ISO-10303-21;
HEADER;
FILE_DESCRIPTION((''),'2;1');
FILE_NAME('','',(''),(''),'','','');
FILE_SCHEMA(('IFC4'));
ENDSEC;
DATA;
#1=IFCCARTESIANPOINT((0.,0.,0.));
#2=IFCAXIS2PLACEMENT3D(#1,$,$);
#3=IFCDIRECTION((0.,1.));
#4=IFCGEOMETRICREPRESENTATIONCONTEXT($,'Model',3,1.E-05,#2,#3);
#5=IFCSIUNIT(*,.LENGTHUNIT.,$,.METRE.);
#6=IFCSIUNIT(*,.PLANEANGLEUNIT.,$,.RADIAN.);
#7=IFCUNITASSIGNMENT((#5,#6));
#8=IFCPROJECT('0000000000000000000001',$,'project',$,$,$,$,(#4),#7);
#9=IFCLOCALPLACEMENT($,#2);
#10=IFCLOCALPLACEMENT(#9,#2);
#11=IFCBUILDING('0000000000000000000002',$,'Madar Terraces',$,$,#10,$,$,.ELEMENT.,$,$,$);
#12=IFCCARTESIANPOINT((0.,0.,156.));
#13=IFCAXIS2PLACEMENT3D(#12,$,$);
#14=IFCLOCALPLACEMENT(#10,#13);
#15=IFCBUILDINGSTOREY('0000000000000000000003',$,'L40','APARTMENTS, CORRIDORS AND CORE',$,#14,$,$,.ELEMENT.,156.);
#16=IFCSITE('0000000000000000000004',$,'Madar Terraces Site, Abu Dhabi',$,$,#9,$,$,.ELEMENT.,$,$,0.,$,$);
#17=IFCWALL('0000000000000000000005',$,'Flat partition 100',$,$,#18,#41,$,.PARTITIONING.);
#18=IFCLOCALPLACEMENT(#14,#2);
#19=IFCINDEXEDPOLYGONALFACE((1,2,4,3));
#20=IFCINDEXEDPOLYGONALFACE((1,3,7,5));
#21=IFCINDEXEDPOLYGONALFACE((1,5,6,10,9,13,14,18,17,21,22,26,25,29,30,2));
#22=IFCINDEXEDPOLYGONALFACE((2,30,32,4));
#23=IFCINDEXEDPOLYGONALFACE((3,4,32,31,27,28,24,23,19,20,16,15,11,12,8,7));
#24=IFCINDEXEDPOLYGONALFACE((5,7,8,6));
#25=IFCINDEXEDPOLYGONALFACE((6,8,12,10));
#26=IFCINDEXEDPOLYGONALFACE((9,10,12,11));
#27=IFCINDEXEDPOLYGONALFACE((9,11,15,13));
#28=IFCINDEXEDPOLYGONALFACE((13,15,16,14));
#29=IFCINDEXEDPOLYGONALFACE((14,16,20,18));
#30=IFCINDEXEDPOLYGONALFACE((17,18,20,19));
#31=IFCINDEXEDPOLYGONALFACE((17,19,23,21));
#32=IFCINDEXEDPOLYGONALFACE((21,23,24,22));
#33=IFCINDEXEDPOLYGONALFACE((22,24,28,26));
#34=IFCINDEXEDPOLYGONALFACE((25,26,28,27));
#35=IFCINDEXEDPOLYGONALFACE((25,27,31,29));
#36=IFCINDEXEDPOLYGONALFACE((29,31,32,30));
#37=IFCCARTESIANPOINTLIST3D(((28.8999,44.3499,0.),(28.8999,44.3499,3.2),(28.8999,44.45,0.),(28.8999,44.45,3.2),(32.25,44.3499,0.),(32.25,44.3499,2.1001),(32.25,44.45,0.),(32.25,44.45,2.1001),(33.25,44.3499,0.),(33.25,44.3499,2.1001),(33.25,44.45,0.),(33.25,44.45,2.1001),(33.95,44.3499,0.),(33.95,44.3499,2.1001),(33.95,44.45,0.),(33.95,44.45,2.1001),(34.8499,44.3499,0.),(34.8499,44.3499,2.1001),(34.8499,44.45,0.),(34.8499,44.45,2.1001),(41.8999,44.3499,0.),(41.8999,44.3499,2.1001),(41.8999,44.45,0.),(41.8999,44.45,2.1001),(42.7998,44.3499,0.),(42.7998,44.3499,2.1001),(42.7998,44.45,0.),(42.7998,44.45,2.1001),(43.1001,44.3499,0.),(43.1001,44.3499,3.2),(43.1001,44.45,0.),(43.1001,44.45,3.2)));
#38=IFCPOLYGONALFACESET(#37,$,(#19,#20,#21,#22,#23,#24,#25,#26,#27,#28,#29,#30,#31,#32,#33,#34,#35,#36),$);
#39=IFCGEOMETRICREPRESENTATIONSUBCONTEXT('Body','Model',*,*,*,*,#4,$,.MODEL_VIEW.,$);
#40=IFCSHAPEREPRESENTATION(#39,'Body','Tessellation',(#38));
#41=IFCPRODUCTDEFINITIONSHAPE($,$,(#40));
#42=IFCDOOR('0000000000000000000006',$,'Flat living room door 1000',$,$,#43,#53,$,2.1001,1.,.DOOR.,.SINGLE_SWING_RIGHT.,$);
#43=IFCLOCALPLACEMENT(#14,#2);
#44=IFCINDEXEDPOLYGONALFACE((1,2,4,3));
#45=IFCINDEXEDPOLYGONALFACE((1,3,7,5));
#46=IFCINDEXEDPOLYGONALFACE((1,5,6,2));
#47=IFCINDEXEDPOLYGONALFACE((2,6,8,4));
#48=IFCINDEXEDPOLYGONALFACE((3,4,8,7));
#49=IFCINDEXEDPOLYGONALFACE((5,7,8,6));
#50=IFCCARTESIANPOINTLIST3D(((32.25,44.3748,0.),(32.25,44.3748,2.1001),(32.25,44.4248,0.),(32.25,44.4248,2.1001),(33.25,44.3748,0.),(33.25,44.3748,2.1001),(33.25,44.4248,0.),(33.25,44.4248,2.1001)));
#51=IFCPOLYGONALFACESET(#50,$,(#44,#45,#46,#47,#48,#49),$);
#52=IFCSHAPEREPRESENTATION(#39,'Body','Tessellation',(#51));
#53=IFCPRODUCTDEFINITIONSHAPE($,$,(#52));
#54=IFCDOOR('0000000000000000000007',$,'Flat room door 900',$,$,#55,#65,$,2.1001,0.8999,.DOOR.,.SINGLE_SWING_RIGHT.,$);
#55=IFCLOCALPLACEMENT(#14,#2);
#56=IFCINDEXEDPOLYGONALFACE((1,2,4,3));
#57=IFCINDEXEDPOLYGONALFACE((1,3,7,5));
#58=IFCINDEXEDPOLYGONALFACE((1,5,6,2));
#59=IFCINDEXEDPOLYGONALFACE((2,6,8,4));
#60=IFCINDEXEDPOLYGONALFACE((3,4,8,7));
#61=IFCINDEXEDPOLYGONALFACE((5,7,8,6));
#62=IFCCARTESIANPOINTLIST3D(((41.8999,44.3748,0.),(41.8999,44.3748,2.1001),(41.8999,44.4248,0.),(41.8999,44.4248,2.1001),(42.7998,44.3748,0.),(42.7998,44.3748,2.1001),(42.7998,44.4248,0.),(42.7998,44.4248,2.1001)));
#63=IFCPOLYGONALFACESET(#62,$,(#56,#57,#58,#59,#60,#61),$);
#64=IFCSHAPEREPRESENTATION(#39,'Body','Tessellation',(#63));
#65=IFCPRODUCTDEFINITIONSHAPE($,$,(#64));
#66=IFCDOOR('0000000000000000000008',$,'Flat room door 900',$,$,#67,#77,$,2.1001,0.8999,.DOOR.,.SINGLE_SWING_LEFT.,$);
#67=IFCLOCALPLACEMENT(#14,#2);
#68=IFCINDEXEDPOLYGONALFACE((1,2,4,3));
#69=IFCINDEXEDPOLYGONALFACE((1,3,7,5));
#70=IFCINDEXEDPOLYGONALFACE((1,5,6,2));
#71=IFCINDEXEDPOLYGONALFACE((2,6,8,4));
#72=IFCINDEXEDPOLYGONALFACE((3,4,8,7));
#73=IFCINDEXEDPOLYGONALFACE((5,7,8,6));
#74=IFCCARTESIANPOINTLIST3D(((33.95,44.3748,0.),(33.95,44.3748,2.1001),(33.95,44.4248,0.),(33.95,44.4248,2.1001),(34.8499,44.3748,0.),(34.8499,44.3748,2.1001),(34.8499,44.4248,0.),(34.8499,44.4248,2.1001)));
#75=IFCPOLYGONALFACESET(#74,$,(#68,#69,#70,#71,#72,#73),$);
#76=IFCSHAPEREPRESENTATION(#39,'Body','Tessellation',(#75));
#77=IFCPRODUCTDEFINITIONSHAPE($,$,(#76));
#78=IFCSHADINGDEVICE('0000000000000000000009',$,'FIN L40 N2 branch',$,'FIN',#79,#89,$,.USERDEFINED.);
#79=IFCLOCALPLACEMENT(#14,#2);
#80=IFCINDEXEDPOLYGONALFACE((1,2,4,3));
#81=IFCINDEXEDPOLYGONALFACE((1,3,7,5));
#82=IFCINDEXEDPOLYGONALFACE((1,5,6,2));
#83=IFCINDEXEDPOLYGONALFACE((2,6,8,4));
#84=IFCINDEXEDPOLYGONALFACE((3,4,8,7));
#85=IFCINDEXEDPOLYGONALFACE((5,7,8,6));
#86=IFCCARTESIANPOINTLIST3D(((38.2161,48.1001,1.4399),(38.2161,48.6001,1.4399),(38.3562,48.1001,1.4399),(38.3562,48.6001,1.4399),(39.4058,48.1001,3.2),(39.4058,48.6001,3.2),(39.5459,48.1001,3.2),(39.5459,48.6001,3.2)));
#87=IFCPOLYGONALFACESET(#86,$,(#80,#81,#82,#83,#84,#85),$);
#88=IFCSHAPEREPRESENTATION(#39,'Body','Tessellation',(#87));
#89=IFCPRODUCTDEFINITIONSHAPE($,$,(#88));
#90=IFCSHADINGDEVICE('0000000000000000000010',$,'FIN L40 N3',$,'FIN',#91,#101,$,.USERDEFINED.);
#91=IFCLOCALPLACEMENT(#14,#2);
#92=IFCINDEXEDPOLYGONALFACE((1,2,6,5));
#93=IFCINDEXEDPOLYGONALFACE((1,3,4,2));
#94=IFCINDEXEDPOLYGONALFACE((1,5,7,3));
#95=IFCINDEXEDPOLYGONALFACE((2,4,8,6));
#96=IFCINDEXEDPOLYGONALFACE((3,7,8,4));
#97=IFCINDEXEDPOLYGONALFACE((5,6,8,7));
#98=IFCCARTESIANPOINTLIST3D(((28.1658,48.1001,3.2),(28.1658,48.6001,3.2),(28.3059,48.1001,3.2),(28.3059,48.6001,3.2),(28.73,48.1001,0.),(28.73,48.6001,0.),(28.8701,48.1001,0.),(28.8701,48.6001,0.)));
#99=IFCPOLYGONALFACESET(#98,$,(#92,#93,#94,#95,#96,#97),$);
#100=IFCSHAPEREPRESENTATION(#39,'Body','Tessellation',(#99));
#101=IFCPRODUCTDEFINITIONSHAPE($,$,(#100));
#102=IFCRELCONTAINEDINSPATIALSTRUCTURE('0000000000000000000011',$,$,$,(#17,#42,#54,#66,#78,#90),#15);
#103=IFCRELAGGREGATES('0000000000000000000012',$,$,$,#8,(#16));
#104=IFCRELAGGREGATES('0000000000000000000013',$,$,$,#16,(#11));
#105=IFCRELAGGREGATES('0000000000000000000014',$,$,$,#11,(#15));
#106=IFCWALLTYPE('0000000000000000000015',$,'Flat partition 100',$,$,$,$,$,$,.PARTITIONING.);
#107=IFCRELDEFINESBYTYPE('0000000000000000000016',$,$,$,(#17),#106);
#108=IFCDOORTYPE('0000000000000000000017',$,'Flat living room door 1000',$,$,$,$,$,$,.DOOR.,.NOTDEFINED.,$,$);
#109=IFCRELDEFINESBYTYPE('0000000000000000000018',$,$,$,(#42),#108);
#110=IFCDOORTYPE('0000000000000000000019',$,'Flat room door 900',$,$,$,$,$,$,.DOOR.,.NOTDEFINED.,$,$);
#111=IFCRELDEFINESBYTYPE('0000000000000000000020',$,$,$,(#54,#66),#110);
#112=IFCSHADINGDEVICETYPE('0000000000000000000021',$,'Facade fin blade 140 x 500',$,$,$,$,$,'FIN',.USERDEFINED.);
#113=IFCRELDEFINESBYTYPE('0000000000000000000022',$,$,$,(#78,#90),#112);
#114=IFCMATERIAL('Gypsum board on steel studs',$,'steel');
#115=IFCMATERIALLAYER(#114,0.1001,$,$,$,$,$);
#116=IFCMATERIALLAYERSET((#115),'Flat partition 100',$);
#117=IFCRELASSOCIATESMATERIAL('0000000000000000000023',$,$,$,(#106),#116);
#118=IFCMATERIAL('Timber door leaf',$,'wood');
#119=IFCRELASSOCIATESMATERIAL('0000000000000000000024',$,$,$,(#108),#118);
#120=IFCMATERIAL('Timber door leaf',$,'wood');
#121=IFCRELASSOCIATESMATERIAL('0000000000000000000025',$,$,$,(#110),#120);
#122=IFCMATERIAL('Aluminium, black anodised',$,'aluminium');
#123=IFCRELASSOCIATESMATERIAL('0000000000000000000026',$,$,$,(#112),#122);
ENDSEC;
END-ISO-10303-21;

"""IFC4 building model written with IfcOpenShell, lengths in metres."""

from ifc_helpers import new_model, si_unit, direction, frame, frame_2d, origin, place, context, subcontext, project, spatial, polyline, rectangle, outline, extrude, material, layer, layer_set, type_object, element, fill, save


model = new_model("IFC4")

# Units and contexts
model_context = context("Model", 3, precision=1e-05, world=origin(), true_north=direction((0.0, 1.0)))
body_context = subcontext(model_context, "Body", "Model", "MODEL_VIEW")
ifc_project = project(units=[si_unit("LENGTHUNIT", "METRE"), si_unit("PLANEANGLEUNIT", "RADIAN")], contexts=[model_context])

# Site, building, storey
site_placement = place(None, origin())
site = spatial("IfcSite", under=ifc_project, at=site_placement, Name="Madar Terraces Site, Abu Dhabi", CompositionType="ELEMENT", RefElevation=0.0)
building_placement = place(site_placement, origin())
building = spatial("IfcBuilding", under=site, at=building_placement, Name="Madar Terraces", CompositionType="ELEMENT")
storey_placement = place(building_placement, frame((0.0, 0.0, 156.0)))
storey = spatial("IfcBuildingStorey", under=building, at=storey_placement, Name="L40", Description="APARTMENTS, CORRIDORS AND CORE", CompositionType="ELEMENT", Elevation=156.0)

# Shared definitions
ifc_material_1 = material(Name="Gypsum board on steel studs", Category="steel")
ifc_layer_1 = layer(ifc_material_1, 0.1001)
ifc_layer_set_1 = layer_set([ifc_layer_1], Name="Flat partition 100")
wall_type_1 = type_object("IfcWallType", Name="Flat partition 100", PredefinedType="PARTITIONING", material=ifc_layer_set_1)

# Wall, openings, doors
wall_1_placement = place(storey_placement, frame((28.8999, 44.3999, 0.0), z_axis=(0.0, 0.0, 1.0), x_axis=(1.0, 0.0, 0.0)))
wall_1 = element("IfcWall", 1, at=wall_1_placement, inside=storey, type_object=wall_type_1, Name="Flat partition 100", PredefinedType="PARTITIONING", context=body_context, shape_type="SweptSolid", body=[
    extrude(rectangle(XDim=14.2002, YDim=0.1001, at=frame_2d((7.1001, 0.0))), origin(), (0.0, 0.0, 1.0), 3.2),
])
opening_1_placement = place(wall_1_placement, frame((13.0, 0.0, 0.0)))
opening_1 = element("IfcOpeningElement", 2, at=opening_1_placement, cuts=wall_1, PredefinedType="OPENING", context=body_context, shape_type="SweptSolid", body=[
    extrude(rectangle(XDim=0.8999, YDim=2.1001, at=frame_2d((0.45, 1.05))), frame((0.0, 0.0601, 0.0), z_axis=(0.0, -1.0, 0.0), x_axis=(1.0, 0.0, 0.0)), (0.0, 0.0, 1.0), 0.1201),
])
opening_2_placement = place(wall_1_placement, frame((5.05, 0.0, 0.0)))
opening_2 = element("IfcOpeningElement", 3, at=opening_2_placement, cuts=wall_1, PredefinedType="OPENING", context=body_context, shape_type="SweptSolid", body=[
    extrude(rectangle(XDim=0.8999, YDim=2.1001, at=frame_2d((0.45, 1.05))), frame((0.0, 0.0601, 0.0), z_axis=(0.0, -1.0, 0.0), x_axis=(1.0, 0.0, 0.0)), (0.0, 0.0, 1.0), 0.1201),
])
opening_3_placement = place(wall_1_placement, frame((3.3501, 0.0, 0.0)))
opening_3 = element("IfcOpeningElement", 4, at=opening_3_placement, cuts=wall_1, PredefinedType="OPENING", context=body_context, shape_type="SweptSolid", body=[
    extrude(rectangle(XDim=1.0, YDim=2.1001, at=frame_2d((0.5, 1.05))), frame((0.0, 0.0601, 0.0), z_axis=(0.0, -1.0, 0.0), x_axis=(1.0, 0.0, 0.0)), (0.0, 0.0, 1.0), 0.1201),
])
ifc_material_2 = material(Name="Timber door leaf", Category="wood")
door_type_1 = type_object("IfcDoorType", Name="Flat living room door 1000", OperationType="NOTDEFINED", PredefinedType="DOOR", material=ifc_material_2)
door_1_placement = place(opening_3_placement, origin())
door_1 = element("IfcDoor", 5, at=door_1_placement, inside=storey, type_object=door_type_1, Name="Flat living room door 1000", OperationType="SINGLE_SWING_RIGHT", OverallHeight=2.1001, OverallWidth=1.0, PredefinedType="DOOR", context=body_context, shape_type="SweptSolid", body=[
    extrude(rectangle(XDim=1.0, YDim=2.1001, at=frame_2d((0.5, 1.05))), frame((0.0, 0.0249, 0.0), z_axis=(0.0, -1.0, 0.0), x_axis=(1.0, 0.0, 0.0)), (0.0, 0.0, 1.0), 0.05),
])
fill(opening_3, door_1)
ifc_material_3 = material(Name="Timber door leaf", Category="wood")
door_type_2 = type_object("IfcDoorType", Name="Flat room door 900", OperationType="NOTDEFINED", PredefinedType="DOOR", material=ifc_material_3)
door_2_placement = place(opening_1_placement, origin())
door_2 = element("IfcDoor", 6, at=door_2_placement, inside=storey, type_object=door_type_2, Name="Flat room door 900", OperationType="SINGLE_SWING_RIGHT", OverallHeight=2.1001, OverallWidth=0.8999, PredefinedType="DOOR", context=body_context, shape_type="SweptSolid", body=[
    extrude(rectangle(XDim=0.8999, YDim=2.1001, at=frame_2d((0.45, 1.05))), frame((0.0, 0.0249, 0.0), z_axis=(0.0, -1.0, 0.0), x_axis=(1.0, 0.0, 0.0)), (0.0, 0.0, 1.0), 0.05),
])
fill(opening_1, door_2)
door_3_placement = place(opening_2_placement, origin())
door_3 = element("IfcDoor", 7, at=door_3_placement, inside=storey, type_object=door_type_2, Name="Flat room door 900", OperationType="SINGLE_SWING_LEFT", OverallHeight=2.1001, OverallWidth=0.8999, PredefinedType="DOOR", context=body_context, shape_type="SweptSolid", body=[
    extrude(rectangle(XDim=0.8999, YDim=2.1001, at=frame_2d((0.45, 1.05))), frame((0.0, 0.0249, 0.0), z_axis=(0.0, -1.0, 0.0), x_axis=(1.0, 0.0, 0.0)), (0.0, 0.0, 1.0), 0.05),
])
fill(opening_2, door_3)

# Shading devices
ifc_material_4 = material(Name="Aluminium, black anodised", Category="aluminium")
shading_device_type = type_object("IfcShadingDeviceType", Name="Facade fin blade 140 x 500", ElementType="FIN", PredefinedType="USERDEFINED", material=ifc_material_4)
shading_device_1_placement = place(storey_placement, frame((38.3562, 48.3501, 1.4399), z_axis=(0.0, 0.0, 1.0), x_axis=(-1.0, 0.0, 0.0)))
element("IfcShadingDevice", 8, at=shading_device_1_placement, inside=storey, type_object=shading_device_type, Name="FIN L40 N2 branch", ObjectType="FIN", PredefinedType="USERDEFINED", context=body_context, shape_type="SweptSolid", body=[
    extrude(outline(polyline([(0.0, 0.0), (0.1401, 0.0), (-1.0496, 1.76), (-1.1897, 1.76), (0.0, 0.0)])), frame((0.0, 0.25, 0.0), z_axis=(0.0, -1.0, 0.0), x_axis=(1.0, 0.0, 0.0)), (0.0, 0.0, 1.0), 0.5),
])
shading_device_2_placement = place(storey_placement, frame((28.8701, 48.3501, 0.0), z_axis=(0.0, 0.0, 1.0), x_axis=(-1.0, 0.0, 0.0)))
element("IfcShadingDevice", 9, at=shading_device_2_placement, inside=storey, type_object=shading_device_type, Name="FIN L40 N3", ObjectType="FIN", PredefinedType="USERDEFINED", context=body_context, shape_type="SweptSolid", body=[
    extrude(outline(polyline([(0.0, 0.0), (0.1401, 0.0), (0.7043, 3.2), (0.5642, 3.2), (0.0, 0.0)])), frame((0.0, 0.25, 0.0), z_axis=(0.0, -1.0, 0.0), x_axis=(1.0, 0.0, 0.0)), (0.0, 0.0, 1.0), 0.5),
])

save(model, "model.ifc")
